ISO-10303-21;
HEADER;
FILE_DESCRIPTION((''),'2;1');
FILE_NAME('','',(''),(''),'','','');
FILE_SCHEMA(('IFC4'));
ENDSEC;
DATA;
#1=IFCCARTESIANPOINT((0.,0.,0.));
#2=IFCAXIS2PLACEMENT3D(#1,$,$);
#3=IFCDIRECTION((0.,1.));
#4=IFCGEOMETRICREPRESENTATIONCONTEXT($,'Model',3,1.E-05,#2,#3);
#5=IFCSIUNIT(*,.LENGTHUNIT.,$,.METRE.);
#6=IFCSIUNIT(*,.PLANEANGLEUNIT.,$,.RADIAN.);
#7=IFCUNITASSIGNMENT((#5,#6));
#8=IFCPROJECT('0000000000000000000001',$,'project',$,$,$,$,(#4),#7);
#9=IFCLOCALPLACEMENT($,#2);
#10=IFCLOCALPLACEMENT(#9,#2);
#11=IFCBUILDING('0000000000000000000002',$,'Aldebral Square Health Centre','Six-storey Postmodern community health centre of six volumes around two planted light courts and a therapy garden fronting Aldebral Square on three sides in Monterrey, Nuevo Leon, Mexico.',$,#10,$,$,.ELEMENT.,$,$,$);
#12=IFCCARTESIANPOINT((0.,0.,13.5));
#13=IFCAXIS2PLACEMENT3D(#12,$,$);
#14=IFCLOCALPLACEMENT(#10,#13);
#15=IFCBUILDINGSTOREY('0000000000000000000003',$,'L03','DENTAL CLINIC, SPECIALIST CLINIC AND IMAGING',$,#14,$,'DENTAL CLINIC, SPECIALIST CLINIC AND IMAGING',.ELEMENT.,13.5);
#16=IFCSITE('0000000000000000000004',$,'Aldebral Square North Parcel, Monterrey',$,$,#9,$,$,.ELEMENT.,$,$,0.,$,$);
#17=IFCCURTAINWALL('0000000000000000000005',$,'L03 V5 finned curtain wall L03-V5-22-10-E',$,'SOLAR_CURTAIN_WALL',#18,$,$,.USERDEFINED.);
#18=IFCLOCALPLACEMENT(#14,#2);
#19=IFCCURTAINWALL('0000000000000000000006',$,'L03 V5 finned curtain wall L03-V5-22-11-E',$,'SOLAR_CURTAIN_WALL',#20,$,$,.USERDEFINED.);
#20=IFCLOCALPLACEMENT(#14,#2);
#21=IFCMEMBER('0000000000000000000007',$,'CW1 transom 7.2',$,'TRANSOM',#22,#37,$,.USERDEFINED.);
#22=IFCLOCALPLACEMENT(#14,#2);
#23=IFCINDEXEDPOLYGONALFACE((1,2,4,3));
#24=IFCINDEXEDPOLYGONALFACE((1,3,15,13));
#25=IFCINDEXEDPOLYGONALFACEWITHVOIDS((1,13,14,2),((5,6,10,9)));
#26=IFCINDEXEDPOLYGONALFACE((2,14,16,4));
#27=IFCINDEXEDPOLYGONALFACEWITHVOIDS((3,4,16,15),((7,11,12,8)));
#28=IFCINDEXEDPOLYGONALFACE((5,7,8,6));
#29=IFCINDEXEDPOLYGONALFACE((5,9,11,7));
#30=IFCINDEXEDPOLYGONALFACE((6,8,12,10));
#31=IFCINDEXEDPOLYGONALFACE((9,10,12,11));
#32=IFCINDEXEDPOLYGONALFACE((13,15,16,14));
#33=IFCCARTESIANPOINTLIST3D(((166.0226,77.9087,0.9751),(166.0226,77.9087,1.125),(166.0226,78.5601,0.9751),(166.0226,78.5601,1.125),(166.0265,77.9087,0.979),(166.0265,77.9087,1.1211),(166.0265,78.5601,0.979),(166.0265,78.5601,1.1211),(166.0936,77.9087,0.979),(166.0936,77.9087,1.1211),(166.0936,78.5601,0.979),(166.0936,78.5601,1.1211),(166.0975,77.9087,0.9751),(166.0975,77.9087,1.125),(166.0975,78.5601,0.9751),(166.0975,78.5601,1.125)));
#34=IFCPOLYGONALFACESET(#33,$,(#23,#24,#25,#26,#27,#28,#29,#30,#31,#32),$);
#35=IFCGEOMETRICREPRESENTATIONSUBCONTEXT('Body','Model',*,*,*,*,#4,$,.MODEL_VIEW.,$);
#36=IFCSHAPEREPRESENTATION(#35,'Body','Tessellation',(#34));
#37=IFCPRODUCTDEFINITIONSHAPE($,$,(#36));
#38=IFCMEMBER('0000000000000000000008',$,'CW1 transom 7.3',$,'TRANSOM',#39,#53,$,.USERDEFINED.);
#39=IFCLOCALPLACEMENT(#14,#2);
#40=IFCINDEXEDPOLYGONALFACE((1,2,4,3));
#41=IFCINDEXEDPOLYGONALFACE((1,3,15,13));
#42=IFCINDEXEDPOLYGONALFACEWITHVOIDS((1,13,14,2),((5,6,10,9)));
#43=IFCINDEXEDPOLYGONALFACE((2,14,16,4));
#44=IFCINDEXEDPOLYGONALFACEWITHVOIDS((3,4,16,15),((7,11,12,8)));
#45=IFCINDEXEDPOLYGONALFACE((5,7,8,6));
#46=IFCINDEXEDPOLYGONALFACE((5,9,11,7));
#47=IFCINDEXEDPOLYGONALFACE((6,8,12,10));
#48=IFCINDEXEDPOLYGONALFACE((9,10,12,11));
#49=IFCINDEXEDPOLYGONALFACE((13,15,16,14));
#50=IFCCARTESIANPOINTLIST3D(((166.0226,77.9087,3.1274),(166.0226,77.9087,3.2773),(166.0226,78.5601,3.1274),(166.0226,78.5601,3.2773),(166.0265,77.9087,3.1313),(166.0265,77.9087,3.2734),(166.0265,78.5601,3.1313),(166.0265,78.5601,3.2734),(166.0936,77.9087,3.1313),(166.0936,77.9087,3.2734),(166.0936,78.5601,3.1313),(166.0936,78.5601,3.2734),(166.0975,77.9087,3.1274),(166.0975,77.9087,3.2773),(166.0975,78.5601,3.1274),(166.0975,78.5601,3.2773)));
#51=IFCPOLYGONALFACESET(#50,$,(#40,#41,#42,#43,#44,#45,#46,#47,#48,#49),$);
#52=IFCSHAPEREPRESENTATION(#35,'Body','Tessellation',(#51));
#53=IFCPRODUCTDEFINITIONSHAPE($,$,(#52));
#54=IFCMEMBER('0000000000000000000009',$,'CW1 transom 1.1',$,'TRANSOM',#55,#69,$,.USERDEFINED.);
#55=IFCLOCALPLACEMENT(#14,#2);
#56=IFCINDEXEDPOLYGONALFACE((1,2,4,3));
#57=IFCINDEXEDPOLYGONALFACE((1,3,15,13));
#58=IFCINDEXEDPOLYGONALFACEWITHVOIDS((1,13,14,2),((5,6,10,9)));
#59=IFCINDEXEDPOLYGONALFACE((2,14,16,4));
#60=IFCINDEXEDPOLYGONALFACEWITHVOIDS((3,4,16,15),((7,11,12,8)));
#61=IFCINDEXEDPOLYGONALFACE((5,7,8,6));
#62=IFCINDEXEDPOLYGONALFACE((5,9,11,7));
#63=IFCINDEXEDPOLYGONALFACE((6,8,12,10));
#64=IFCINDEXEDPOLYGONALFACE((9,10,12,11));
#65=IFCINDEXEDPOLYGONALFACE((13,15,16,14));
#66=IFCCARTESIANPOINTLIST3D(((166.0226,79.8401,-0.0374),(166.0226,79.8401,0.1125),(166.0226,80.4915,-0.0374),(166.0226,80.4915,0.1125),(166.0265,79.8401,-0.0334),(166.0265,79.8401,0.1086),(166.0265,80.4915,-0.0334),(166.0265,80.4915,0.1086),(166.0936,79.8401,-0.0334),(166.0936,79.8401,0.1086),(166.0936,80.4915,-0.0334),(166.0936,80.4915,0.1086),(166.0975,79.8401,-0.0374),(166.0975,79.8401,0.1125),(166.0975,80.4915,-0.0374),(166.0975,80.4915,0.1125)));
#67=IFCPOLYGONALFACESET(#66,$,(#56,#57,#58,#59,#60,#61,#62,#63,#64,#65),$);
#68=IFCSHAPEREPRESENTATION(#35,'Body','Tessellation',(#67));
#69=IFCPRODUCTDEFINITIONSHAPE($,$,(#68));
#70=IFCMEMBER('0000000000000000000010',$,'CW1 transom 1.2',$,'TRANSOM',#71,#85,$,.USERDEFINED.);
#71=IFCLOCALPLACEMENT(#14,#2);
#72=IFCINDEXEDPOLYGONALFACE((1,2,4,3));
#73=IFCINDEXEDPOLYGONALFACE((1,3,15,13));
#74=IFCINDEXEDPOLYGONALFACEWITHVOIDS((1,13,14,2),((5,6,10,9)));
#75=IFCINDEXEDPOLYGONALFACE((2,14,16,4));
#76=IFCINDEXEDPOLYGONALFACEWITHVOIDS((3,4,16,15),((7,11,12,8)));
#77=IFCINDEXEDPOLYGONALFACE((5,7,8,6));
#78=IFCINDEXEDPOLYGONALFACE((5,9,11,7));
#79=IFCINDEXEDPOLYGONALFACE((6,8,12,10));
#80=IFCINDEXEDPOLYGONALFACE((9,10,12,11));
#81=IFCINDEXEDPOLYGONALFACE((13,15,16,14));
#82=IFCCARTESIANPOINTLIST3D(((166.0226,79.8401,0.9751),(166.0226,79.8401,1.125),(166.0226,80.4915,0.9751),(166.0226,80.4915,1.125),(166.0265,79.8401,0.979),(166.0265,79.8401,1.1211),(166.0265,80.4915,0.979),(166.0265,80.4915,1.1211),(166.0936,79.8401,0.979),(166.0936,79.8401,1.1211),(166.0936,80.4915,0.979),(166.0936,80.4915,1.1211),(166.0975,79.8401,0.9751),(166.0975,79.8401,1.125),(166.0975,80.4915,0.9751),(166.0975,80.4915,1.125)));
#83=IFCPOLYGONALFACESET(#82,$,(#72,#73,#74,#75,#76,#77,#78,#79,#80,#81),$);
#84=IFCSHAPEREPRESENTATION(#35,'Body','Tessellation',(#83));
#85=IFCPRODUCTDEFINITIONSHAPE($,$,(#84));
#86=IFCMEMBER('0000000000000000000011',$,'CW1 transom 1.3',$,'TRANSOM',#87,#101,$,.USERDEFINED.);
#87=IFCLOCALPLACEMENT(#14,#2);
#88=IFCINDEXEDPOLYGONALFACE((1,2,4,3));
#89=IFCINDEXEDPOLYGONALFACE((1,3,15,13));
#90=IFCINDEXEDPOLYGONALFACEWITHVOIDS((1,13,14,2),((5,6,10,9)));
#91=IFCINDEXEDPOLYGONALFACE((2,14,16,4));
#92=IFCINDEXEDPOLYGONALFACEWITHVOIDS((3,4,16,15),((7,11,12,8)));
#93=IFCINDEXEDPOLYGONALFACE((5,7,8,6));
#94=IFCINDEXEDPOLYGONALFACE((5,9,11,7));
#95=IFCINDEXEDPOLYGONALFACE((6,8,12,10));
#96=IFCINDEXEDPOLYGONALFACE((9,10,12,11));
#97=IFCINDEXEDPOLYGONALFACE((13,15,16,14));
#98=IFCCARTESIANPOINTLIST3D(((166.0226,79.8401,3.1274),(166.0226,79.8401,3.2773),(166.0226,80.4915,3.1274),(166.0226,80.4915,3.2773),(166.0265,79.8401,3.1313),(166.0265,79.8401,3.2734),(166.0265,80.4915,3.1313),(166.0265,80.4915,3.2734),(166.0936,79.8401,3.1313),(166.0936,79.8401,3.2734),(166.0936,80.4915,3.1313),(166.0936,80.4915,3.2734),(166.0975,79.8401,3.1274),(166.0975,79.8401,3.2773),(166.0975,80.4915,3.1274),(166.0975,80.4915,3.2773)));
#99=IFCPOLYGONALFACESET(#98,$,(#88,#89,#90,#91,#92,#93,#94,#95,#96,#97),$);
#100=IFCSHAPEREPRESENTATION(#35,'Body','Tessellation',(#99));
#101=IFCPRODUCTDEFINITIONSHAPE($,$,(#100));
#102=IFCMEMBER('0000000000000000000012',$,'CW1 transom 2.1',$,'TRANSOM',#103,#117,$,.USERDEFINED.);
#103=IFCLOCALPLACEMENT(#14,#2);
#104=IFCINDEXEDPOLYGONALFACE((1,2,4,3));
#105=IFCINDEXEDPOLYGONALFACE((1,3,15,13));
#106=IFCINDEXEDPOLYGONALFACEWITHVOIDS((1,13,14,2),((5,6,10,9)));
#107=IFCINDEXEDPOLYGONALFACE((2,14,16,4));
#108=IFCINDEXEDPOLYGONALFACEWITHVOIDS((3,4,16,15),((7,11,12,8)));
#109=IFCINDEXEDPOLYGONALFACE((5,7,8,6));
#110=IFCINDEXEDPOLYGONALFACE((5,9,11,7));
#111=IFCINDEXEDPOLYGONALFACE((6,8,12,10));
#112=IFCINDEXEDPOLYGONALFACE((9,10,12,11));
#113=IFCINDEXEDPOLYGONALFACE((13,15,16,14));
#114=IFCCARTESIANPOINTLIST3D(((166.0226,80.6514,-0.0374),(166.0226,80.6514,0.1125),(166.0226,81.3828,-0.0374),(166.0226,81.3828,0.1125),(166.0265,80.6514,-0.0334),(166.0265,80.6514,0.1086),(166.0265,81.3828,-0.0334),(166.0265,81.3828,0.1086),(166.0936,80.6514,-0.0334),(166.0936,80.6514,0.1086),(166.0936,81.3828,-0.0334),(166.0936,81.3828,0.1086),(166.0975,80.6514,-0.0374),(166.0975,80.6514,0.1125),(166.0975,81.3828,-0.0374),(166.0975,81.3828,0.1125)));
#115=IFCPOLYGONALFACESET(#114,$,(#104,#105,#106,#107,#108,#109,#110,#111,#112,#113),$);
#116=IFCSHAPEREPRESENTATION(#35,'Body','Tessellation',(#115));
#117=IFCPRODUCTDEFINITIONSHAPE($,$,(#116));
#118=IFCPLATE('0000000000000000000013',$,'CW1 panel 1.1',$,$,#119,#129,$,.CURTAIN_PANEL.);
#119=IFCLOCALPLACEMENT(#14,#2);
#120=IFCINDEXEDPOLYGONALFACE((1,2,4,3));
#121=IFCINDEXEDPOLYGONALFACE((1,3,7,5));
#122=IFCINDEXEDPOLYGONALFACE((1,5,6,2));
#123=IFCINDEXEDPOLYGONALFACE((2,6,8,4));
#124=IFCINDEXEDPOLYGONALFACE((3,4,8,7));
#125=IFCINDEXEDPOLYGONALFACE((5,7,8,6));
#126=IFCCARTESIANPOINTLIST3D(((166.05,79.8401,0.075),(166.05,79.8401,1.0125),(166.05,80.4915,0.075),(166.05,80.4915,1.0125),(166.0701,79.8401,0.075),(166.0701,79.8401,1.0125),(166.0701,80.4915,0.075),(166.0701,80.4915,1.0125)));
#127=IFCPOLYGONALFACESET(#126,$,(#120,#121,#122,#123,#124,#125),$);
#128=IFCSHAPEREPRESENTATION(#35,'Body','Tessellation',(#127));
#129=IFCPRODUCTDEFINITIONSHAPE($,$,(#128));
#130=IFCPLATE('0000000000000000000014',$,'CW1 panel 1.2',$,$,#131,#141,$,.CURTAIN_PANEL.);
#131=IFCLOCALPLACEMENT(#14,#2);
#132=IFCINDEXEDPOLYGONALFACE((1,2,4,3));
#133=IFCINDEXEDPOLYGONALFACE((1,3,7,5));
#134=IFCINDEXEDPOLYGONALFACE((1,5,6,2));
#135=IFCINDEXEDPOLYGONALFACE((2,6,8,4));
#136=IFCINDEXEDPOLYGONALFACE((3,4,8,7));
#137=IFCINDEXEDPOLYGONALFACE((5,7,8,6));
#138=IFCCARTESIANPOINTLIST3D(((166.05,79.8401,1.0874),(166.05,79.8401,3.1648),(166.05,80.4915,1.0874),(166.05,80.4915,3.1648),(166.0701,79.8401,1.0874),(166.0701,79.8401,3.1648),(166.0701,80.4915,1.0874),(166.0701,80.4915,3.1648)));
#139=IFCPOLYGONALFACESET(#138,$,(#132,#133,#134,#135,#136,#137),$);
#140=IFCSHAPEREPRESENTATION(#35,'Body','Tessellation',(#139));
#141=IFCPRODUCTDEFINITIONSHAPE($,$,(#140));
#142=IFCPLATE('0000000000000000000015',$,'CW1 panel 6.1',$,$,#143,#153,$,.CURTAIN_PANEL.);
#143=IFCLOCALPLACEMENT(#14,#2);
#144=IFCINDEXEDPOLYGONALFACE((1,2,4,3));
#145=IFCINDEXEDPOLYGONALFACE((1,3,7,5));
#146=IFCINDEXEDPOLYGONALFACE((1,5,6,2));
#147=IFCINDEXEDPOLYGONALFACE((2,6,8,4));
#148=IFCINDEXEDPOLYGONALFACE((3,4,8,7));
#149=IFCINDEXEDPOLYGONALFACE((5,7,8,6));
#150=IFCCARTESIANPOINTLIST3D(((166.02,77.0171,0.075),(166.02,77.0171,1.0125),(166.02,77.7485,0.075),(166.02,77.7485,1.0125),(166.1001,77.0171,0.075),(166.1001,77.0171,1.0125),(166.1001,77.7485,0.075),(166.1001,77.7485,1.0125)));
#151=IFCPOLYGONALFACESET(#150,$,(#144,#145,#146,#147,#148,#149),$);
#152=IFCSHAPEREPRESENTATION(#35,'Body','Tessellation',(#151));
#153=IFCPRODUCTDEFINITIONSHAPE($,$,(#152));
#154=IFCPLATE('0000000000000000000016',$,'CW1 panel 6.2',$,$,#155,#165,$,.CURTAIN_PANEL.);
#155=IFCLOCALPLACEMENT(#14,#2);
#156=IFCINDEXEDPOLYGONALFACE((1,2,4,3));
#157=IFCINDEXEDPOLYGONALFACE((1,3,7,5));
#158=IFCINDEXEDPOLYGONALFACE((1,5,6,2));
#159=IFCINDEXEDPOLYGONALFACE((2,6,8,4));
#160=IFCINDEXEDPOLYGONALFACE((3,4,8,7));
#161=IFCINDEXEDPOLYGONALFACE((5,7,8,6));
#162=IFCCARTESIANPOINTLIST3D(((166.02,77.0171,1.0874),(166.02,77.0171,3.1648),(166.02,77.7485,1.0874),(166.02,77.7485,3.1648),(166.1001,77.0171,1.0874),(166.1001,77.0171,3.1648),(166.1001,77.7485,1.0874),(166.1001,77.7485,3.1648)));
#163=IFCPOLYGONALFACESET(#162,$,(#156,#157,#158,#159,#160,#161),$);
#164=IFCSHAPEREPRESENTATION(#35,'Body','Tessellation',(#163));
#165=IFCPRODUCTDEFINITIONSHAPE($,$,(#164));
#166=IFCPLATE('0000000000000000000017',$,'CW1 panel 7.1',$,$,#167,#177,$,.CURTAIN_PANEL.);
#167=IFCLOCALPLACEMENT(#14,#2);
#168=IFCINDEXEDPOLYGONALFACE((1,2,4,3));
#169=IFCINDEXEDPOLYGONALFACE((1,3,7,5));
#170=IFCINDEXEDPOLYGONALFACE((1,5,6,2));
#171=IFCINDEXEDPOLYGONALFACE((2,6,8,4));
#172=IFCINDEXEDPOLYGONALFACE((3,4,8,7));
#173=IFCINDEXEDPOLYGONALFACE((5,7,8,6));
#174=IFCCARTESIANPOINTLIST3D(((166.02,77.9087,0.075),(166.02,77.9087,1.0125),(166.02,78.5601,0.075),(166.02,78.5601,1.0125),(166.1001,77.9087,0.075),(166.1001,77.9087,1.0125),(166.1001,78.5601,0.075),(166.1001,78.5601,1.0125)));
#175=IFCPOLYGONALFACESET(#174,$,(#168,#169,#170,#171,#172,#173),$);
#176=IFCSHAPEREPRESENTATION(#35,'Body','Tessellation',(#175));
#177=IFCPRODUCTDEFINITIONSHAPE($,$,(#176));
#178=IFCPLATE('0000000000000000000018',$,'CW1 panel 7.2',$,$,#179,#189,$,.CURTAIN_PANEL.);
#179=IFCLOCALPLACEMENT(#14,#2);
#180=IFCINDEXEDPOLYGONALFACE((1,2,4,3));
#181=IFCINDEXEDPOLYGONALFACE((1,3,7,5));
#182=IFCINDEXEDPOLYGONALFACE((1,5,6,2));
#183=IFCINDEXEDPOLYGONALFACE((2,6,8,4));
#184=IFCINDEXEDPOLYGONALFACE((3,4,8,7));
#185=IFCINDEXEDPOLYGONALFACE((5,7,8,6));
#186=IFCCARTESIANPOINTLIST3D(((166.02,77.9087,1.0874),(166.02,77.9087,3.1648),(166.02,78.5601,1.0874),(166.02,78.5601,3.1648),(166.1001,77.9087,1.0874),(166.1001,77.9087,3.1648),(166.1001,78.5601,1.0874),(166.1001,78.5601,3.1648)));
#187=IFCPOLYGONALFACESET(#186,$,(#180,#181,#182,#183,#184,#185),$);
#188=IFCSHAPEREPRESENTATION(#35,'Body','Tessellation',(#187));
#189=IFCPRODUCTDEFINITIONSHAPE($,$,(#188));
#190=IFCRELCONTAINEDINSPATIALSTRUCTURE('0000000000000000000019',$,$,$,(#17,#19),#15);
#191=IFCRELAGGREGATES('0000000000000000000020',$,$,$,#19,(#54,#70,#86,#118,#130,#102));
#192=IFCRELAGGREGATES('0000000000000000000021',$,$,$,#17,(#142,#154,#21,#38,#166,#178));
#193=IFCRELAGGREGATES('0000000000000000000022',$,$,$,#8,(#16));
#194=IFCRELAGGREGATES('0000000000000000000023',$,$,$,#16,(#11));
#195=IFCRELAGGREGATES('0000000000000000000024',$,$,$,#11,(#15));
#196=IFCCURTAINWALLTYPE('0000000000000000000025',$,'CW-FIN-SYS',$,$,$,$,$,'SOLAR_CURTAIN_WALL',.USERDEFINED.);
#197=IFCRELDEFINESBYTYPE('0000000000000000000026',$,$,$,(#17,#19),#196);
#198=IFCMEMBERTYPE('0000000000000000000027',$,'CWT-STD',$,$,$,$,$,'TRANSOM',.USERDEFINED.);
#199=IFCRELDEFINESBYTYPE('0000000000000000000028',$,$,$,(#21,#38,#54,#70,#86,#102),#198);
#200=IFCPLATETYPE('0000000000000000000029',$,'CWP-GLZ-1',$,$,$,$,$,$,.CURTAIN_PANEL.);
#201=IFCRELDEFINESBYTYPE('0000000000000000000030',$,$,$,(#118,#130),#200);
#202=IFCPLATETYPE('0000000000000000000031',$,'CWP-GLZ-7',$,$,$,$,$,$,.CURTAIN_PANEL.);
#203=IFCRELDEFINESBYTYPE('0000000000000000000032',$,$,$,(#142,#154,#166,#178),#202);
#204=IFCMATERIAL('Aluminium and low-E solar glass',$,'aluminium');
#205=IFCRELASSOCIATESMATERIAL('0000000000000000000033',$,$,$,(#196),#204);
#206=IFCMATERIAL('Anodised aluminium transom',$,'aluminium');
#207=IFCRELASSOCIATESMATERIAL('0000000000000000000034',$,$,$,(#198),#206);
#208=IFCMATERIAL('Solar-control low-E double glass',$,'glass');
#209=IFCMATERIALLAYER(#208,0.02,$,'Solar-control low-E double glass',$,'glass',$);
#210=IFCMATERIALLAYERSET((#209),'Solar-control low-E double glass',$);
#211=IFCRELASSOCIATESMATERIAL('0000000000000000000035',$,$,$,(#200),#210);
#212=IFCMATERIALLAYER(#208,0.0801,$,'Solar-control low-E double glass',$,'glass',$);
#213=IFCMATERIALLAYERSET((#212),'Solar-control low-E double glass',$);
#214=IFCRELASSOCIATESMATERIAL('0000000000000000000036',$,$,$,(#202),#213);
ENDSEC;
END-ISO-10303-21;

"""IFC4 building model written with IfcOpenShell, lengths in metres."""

from ifc_helpers import new_model, si_unit, direction, frame, origin, origin_2d, place, context, subcontext, project, spatial, rectangle, hollow_rectangle, extrude, material, layer, layer_set, material_profile, profile_set, type_object, element, aggregate, save


model = new_model("IFC4")

# Units and contexts
model_context = context("Model", 3, precision=1e-05, world=origin(), true_north=direction((0.0, 1.0)))
body_context = subcontext(model_context, "Body", "Model", "MODEL_VIEW")
ifc_project = project(units=[si_unit("LENGTHUNIT", "METRE"), si_unit("PLANEANGLEUNIT", "RADIAN")], contexts=[model_context])

# Site, building, storey
site_placement = place(None, origin())
site = spatial("IfcSite", under=ifc_project, at=site_placement, Name="Aldebral Square North Parcel, Monterrey", CompositionType="ELEMENT", RefElevation=0.0)
building_placement = place(site_placement, origin())
building = spatial("IfcBuilding", under=site, at=building_placement, Name="Aldebral Square Health Centre", Description="Six-storey Postmodern community health centre of six volumes around two planted light courts and a therapy garden fronting Aldebral Square on three sides in Monterrey, Nuevo Leon, Mexico.", CompositionType="ELEMENT")
storey_placement = place(building_placement, frame((0.0, 0.0, 13.5)))
storey = spatial("IfcBuildingStorey", under=building, at=storey_placement, Name="L03", Description="DENTAL CLINIC, SPECIALIST CLINIC AND IMAGING", LongName="DENTAL CLINIC, SPECIALIST CLINIC AND IMAGING", CompositionType="ELEMENT", Elevation=13.5)

# Curtain walls
ifc_material_1 = material(Name="Aluminium and low-E solar glass", Category="aluminium")
curtain_wall_type = type_object("IfcCurtainWallType", Name="CW-FIN-SYS", ElementType="SOLAR_CURTAIN_WALL", PredefinedType="USERDEFINED", material=ifc_material_1)
curtain_wall_1_placement = place(storey_placement, origin())
curtain_wall_1 = element("IfcCurtainWall", 1, at=curtain_wall_1_placement, inside=storey, type_object=curtain_wall_type, Name="L03 V5 finned curtain wall L03-V5-22-10-E", ObjectType="SOLAR_CURTAIN_WALL", PredefinedType="USERDEFINED")
curtain_wall_2_placement = place(storey_placement, origin())
curtain_wall_2 = element("IfcCurtainWall", 2, at=curtain_wall_2_placement, inside=storey, type_object=curtain_wall_type, Name="L03 V5 finned curtain wall L03-V5-22-11-E", ObjectType="SOLAR_CURTAIN_WALL", PredefinedType="USERDEFINED")

# Members
ifc_material_2 = material(Name="Anodised aluminium transom", Category="aluminium")
ifc_material_profile_1 = material_profile(ifc_material_2, hollow_rectangle(XDim=0.075, YDim=0.1499, WallThickness=0.0039, at=origin_2d()), Name="CWT 75x150x4")
ifc_profile_set_1 = profile_set([ifc_material_profile_1], Name="Anodised aluminium transom")
member_type_1 = type_object("IfcMemberType", Name="CWT-STD", ElementType="TRANSOM", PredefinedType="USERDEFINED", material=ifc_profile_set_1)
member_1_placement = place(storey_placement, frame((166.0601, 77.9087, 1.05), z_axis=(0.0, 1.0, 0.0), x_axis=(-1.0, 0.0, 0.0)))
member_1 = element("IfcMember", 3, at=member_1_placement, type_object=member_type_1, Name="CW1 transom 7.2", ObjectType="TRANSOM", PredefinedType="USERDEFINED", context=body_context, shape_type="SweptSolid", body=[
    extrude(hollow_rectangle(XDim=0.075, YDim=0.1499, WallThickness=0.0039, at=origin_2d()), origin(), (0.0, 0.0, 1.0), 0.6514),
])
member_2_placement = place(storey_placement, frame((166.0601, 77.9087, 3.2024), z_axis=(0.0, 1.0, 0.0), x_axis=(-1.0, 0.0, 0.0)))
member_2 = element("IfcMember", 4, at=member_2_placement, type_object=member_type_1, Name="CW1 transom 7.3", ObjectType="TRANSOM", PredefinedType="USERDEFINED", context=body_context, shape_type="SweptSolid", body=[
    extrude(hollow_rectangle(XDim=0.075, YDim=0.1499, WallThickness=0.0039, at=origin_2d()), origin(), (0.0, 0.0, 1.0), 0.6514),
])
member_3_placement = place(storey_placement, frame((166.0601, 79.8401, 0.0376), z_axis=(0.0, 1.0, 0.0), x_axis=(-1.0, 0.0, 0.0)))
member_3 = element("IfcMember", 5, at=member_3_placement, type_object=member_type_1, Name="CW1 transom 1.1", ObjectType="TRANSOM", PredefinedType="USERDEFINED", context=body_context, shape_type="SweptSolid", body=[
    extrude(hollow_rectangle(XDim=0.075, YDim=0.1499, WallThickness=0.0039, at=origin_2d()), origin(), (0.0, 0.0, 1.0), 0.6514),
])
member_4_placement = place(storey_placement, frame((166.0601, 79.8401, 1.05), z_axis=(0.0, 1.0, 0.0), x_axis=(-1.0, 0.0, 0.0)))
member_4 = element("IfcMember", 6, at=member_4_placement, type_object=member_type_1, Name="CW1 transom 1.2", ObjectType="TRANSOM", PredefinedType="USERDEFINED", context=body_context, shape_type="SweptSolid", body=[
    extrude(hollow_rectangle(XDim=0.075, YDim=0.1499, WallThickness=0.0039, at=origin_2d()), origin(), (0.0, 0.0, 1.0), 0.6514),
])
member_5_placement = place(storey_placement, frame((166.0601, 79.8401, 3.2024), z_axis=(0.0, 1.0, 0.0), x_axis=(-1.0, 0.0, 0.0)))
member_5 = element("IfcMember", 7, at=member_5_placement, type_object=member_type_1, Name="CW1 transom 1.3", ObjectType="TRANSOM", PredefinedType="USERDEFINED", context=body_context, shape_type="SweptSolid", body=[
    extrude(hollow_rectangle(XDim=0.075, YDim=0.1499, WallThickness=0.0039, at=origin_2d()), origin(), (0.0, 0.0, 1.0), 0.6514),
])
member_6_placement = place(storey_placement, frame((166.0601, 80.6514, 0.0376), z_axis=(0.0, 1.0, 0.0), x_axis=(-1.0, 0.0, 0.0)))
member_6 = element("IfcMember", 8, at=member_6_placement, type_object=member_type_1, Name="CW1 transom 2.1", ObjectType="TRANSOM", PredefinedType="USERDEFINED", context=body_context, shape_type="SweptSolid", body=[
    extrude(hollow_rectangle(XDim=0.075, YDim=0.1499, WallThickness=0.0039, at=origin_2d()), origin(), (0.0, 0.0, 1.0), 0.7314),
])

# Plates
ifc_material_3 = material(Name="Solar-control low-E double glass", Category="glass")
ifc_layer_1 = layer(ifc_material_3, 0.02, Name="Solar-control low-E double glass", Category="glass")
ifc_layer_set_1 = layer_set([ifc_layer_1], Name="Solar-control low-E double glass")
plate_type_1 = type_object("IfcPlateType", Name="CWP-GLZ-1", PredefinedType="CURTAIN_PANEL", material=ifc_layer_set_1)
plate_1_placement = place(storey_placement, frame((166.0601, 80.1658, 0.075), z_axis=(0.0, 0.0, 1.0), x_axis=(0.0, 1.0, 0.0)))
plate_1 = element("IfcPlate", 9, at=plate_1_placement, type_object=plate_type_1, Name="CW1 panel 1.1", PredefinedType="CURTAIN_PANEL", context=body_context, shape_type="SweptSolid", body=[
    extrude(rectangle(XDim=0.6514, YDim=0.02, at=origin_2d()), origin(), (0.0, 0.0, 1.0), 0.9375),
])
plate_2_placement = place(storey_placement, frame((166.0601, 80.1658, 1.0874), z_axis=(0.0, 0.0, 1.0), x_axis=(0.0, 1.0, 0.0)))
plate_2 = element("IfcPlate", 10, at=plate_2_placement, type_object=plate_type_1, Name="CW1 panel 1.2", PredefinedType="CURTAIN_PANEL", context=body_context, shape_type="SweptSolid", body=[
    extrude(rectangle(XDim=0.6514, YDim=0.02, at=origin_2d()), origin(), (0.0, 0.0, 1.0), 2.0774),
])
aggregate(curtain_wall_2, [member_3, member_4, member_5, plate_1, plate_2, member_6])
ifc_layer_2 = layer(ifc_material_3, 0.0801, Name="Solar-control low-E double glass", Category="glass")
ifc_layer_set_2 = layer_set([ifc_layer_2], Name="Solar-control low-E double glass")
plate_type_2 = type_object("IfcPlateType", Name="CWP-GLZ-7", PredefinedType="CURTAIN_PANEL", material=ifc_layer_set_2)
plate_3_placement = place(storey_placement, frame((166.0601, 77.3828, 0.075), z_axis=(0.0, 0.0, 1.0), x_axis=(0.0, 1.0, 0.0)))
plate_3 = element("IfcPlate", 11, at=plate_3_placement, type_object=plate_type_2, Name="CW1 panel 6.1", PredefinedType="CURTAIN_PANEL", context=body_context, shape_type="SweptSolid", body=[
    extrude(rectangle(XDim=0.7314, YDim=0.0801, at=origin_2d()), origin(), (0.0, 0.0, 1.0), 0.9375),
])
plate_4_placement = place(storey_placement, frame((166.0601, 77.3828, 1.0874), z_axis=(0.0, 0.0, 1.0), x_axis=(0.0, 1.0, 0.0)))
plate_4 = element("IfcPlate", 12, at=plate_4_placement, type_object=plate_type_2, Name="CW1 panel 6.2", PredefinedType="CURTAIN_PANEL", context=body_context, shape_type="SweptSolid", body=[
    extrude(rectangle(XDim=0.7314, YDim=0.0801, at=origin_2d()), origin(), (0.0, 0.0, 1.0), 2.0774),
])
plate_5_placement = place(storey_placement, frame((166.0601, 78.2344, 0.075), z_axis=(0.0, 0.0, 1.0), x_axis=(0.0, 1.0, 0.0)))
plate_5 = element("IfcPlate", 13, at=plate_5_placement, type_object=plate_type_2, Name="CW1 panel 7.1", PredefinedType="CURTAIN_PANEL", context=body_context, shape_type="SweptSolid", body=[
    extrude(rectangle(XDim=0.6514, YDim=0.0801, at=origin_2d()), origin(), (0.0, 0.0, 1.0), 0.9375),
])
plate_6_placement = place(storey_placement, frame((166.0601, 78.2344, 1.0874), z_axis=(0.0, 0.0, 1.0), x_axis=(0.0, 1.0, 0.0)))
plate_6 = element("IfcPlate", 14, at=plate_6_placement, type_object=plate_type_2, Name="CW1 panel 7.2", PredefinedType="CURTAIN_PANEL", context=body_context, shape_type="SweptSolid", body=[
    extrude(rectangle(XDim=0.6514, YDim=0.0801, at=origin_2d()), origin(), (0.0, 0.0, 1.0), 2.0774),
])
aggregate(curtain_wall_1, [plate_3, plate_4, member_1, member_2, plate_5, plate_6])

save(model, "model.ifc")
